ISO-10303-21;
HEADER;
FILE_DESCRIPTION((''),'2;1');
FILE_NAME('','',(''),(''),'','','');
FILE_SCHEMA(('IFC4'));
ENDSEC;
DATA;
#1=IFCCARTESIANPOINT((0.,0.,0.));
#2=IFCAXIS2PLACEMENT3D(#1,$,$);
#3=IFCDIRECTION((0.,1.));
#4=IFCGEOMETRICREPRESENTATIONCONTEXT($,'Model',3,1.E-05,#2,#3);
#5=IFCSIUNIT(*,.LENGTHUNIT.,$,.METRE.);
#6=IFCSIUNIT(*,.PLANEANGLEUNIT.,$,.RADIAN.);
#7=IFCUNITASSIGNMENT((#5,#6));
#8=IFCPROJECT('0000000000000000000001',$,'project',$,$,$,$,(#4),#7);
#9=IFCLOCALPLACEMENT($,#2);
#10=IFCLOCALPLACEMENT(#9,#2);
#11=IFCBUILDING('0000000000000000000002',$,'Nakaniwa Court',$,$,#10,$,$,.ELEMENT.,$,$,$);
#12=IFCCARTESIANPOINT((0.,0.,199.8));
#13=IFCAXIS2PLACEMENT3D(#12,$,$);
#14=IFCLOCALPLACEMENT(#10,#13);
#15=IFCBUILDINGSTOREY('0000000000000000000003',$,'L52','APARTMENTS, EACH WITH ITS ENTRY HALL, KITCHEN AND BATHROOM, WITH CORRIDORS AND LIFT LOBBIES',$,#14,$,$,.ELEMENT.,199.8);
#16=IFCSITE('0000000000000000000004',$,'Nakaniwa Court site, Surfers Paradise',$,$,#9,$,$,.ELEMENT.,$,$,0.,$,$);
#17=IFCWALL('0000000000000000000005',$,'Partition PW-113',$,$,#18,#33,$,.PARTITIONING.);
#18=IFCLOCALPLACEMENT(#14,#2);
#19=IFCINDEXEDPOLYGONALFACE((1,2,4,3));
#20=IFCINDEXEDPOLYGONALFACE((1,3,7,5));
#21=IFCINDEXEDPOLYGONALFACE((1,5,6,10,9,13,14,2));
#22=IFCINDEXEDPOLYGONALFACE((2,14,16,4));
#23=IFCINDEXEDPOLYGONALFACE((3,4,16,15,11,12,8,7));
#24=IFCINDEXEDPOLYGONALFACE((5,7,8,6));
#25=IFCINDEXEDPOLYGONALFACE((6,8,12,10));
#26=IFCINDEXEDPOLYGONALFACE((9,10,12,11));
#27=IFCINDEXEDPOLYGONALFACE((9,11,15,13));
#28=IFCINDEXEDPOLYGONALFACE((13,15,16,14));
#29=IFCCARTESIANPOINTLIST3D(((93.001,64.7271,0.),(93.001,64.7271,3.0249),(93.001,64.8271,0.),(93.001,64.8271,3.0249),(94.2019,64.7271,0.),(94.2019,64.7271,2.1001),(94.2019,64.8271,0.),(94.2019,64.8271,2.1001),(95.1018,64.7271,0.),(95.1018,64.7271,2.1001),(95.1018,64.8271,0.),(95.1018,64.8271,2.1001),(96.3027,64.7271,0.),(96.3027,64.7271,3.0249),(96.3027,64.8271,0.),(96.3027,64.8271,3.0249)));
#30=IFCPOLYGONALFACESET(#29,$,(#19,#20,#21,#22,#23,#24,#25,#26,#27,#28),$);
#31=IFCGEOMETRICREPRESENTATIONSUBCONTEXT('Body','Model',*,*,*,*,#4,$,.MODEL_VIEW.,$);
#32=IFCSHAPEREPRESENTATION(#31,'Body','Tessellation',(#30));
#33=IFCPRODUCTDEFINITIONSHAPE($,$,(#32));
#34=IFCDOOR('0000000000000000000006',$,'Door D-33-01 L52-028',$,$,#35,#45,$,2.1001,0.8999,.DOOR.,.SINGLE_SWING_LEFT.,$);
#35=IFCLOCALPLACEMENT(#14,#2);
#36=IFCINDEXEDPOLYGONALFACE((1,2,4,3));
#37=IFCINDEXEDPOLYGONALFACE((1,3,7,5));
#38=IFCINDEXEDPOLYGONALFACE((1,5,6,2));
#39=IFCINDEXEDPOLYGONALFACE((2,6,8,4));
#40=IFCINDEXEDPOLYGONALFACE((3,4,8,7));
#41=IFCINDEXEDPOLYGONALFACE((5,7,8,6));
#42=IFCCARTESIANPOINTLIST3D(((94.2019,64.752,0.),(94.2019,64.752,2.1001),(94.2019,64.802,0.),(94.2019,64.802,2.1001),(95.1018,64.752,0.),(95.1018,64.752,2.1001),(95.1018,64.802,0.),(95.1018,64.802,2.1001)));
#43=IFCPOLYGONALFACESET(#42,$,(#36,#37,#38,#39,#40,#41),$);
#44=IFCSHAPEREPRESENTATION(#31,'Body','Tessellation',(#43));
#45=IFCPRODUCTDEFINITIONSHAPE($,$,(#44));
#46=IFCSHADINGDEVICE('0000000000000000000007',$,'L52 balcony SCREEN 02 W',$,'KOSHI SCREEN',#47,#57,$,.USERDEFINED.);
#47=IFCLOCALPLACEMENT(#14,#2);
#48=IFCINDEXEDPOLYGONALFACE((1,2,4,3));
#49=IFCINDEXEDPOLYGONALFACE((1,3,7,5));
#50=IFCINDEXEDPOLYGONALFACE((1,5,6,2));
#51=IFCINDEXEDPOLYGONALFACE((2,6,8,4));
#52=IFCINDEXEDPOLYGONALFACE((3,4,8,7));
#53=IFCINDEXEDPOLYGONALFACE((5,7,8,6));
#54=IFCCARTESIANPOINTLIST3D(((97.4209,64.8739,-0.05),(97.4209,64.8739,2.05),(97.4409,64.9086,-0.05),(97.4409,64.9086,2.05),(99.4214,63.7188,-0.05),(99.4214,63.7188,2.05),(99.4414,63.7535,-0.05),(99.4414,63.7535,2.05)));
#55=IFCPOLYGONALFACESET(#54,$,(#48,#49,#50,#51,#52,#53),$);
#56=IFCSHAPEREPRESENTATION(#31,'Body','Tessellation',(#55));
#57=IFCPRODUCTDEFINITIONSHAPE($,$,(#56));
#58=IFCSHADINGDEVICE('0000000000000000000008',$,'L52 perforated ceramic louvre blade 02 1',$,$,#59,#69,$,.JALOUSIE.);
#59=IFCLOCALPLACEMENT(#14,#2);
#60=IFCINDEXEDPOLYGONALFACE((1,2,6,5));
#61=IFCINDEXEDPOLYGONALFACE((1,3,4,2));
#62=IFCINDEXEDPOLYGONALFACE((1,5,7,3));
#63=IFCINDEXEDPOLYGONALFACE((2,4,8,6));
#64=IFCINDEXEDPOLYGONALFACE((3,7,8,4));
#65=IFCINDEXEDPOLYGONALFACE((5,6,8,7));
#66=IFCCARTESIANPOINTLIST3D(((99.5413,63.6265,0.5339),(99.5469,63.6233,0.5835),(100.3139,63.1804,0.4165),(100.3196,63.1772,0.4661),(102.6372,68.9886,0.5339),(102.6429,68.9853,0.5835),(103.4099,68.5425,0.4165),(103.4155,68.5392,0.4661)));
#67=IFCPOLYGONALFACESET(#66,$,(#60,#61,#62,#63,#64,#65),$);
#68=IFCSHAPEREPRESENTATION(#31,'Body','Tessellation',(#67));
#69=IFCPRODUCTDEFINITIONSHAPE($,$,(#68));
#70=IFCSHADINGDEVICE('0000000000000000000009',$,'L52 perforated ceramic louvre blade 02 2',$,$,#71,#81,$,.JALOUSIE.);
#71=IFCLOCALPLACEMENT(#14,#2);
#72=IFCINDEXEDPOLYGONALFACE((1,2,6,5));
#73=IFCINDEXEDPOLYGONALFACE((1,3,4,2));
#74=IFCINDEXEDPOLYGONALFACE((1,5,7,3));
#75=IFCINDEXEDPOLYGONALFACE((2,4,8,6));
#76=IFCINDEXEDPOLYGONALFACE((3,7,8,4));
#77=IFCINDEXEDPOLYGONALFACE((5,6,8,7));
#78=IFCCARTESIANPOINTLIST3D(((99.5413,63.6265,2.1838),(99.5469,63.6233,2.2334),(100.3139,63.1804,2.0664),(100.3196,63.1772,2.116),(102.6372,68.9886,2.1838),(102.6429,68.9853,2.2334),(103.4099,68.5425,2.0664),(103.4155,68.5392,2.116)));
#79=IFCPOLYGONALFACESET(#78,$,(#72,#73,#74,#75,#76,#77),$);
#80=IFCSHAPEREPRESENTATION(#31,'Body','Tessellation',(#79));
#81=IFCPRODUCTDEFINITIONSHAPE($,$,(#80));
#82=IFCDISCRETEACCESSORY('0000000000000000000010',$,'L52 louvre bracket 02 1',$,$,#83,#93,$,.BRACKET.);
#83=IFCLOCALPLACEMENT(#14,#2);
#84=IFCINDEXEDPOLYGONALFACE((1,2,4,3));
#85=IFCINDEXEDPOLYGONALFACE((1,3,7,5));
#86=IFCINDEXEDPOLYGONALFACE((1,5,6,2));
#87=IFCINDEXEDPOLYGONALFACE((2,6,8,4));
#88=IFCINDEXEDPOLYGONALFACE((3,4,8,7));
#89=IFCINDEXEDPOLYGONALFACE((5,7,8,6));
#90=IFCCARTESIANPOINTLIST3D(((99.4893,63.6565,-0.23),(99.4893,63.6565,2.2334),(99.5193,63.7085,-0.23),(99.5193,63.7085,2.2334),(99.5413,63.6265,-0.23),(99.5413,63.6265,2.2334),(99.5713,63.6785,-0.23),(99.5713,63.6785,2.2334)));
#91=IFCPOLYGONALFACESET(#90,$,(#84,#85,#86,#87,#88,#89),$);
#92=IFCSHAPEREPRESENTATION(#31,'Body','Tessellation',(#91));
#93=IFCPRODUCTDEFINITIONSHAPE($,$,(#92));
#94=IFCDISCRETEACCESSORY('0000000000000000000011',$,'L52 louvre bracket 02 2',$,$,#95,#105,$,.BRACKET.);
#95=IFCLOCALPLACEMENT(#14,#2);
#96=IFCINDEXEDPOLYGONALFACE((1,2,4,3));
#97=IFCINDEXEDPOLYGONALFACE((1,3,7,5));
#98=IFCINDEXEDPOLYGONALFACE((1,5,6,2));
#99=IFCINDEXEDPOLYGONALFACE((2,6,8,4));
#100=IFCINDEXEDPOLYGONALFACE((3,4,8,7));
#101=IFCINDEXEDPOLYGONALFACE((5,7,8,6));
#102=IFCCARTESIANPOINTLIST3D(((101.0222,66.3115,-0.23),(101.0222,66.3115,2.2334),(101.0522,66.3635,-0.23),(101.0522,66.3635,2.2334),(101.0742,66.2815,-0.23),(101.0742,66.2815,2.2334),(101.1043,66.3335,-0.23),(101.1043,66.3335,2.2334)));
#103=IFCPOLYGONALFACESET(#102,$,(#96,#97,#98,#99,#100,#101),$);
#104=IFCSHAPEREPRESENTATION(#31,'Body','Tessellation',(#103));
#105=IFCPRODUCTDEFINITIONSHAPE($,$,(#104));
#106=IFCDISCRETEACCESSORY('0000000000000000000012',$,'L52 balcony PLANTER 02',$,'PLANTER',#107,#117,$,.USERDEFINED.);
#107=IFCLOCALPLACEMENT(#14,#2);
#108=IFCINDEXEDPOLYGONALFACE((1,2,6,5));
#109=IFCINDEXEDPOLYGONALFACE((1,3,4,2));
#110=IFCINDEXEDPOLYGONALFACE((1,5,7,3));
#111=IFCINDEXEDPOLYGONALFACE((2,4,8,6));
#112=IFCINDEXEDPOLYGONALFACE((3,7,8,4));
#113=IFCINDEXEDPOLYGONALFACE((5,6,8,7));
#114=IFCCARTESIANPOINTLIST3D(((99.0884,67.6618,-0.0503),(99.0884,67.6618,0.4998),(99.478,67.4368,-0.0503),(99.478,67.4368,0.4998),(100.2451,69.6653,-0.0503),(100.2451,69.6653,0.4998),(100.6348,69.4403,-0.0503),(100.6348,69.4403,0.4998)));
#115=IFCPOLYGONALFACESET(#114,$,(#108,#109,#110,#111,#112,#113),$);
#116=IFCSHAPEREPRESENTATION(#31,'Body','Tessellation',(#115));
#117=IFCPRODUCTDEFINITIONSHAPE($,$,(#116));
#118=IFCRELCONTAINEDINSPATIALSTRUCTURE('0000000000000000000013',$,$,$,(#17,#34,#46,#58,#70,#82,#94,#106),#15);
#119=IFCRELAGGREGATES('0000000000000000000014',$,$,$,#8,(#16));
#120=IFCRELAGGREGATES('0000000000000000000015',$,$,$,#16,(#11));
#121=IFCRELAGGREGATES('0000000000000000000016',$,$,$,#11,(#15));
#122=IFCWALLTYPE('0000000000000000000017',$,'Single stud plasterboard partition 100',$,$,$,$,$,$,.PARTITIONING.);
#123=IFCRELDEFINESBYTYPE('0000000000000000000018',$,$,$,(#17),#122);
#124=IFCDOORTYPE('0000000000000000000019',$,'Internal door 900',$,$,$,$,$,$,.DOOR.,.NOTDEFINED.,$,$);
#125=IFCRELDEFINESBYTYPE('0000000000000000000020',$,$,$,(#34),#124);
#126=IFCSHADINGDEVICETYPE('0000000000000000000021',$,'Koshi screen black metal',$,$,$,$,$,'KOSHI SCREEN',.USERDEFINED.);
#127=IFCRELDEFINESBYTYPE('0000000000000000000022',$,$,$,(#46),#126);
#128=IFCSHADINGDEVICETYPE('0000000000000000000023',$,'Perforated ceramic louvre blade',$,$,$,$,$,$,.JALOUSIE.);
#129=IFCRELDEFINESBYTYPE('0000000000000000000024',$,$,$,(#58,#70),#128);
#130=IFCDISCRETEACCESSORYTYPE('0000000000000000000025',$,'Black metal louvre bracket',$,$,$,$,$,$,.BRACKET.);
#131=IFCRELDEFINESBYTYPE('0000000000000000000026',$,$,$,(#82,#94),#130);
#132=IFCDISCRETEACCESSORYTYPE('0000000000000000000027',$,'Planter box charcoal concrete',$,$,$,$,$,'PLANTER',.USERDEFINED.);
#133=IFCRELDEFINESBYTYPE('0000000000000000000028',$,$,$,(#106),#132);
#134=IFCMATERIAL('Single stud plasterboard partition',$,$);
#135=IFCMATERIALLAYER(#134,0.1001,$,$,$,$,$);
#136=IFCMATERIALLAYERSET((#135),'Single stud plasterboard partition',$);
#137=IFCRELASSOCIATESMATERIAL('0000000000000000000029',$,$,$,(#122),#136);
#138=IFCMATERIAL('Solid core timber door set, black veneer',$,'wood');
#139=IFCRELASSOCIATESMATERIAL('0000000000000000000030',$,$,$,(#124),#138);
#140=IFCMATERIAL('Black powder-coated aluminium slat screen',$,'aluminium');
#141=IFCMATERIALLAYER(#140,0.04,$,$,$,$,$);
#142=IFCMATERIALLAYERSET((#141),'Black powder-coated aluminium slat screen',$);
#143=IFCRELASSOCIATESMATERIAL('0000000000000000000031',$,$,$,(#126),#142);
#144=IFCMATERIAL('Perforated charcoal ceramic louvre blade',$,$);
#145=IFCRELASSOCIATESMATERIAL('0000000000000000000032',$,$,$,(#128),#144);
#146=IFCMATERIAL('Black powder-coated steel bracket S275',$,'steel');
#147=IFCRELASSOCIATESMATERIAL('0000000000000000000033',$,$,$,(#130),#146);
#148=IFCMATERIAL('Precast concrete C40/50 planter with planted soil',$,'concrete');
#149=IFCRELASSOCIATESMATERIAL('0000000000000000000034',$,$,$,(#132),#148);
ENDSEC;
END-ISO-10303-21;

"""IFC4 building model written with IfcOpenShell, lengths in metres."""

from ifc_helpers import new_model, si_unit, direction, frame, frame_2d, origin, origin_2d, place, context, subcontext, project, spatial, rectangle, extrude, material, layer, layer_set, material_profile, profile_set, type_object, element, fill, save


model = new_model("IFC4")

# Units and contexts
model_context = context("Model", 3, precision=1e-05, world=origin(), true_north=direction((0.0, 1.0)))
body_context = subcontext(model_context, "Body", "Model", "MODEL_VIEW")
ifc_project = project(units=[si_unit("LENGTHUNIT", "METRE"), si_unit("PLANEANGLEUNIT", "RADIAN")], contexts=[model_context])

# Site, building, storey
site_placement = place(None, origin())
site = spatial("IfcSite", under=ifc_project, at=site_placement, Name="Nakaniwa Court site, Surfers Paradise", CompositionType="ELEMENT", RefElevation=0.0)
building_placement = place(site_placement, origin())
building = spatial("IfcBuilding", under=site, at=building_placement, Name="Nakaniwa Court", CompositionType="ELEMENT")
storey_placement = place(building_placement, frame((0.0, 0.0, 199.8)))
storey = spatial("IfcBuildingStorey", under=building, at=storey_placement, Name="L52", Description="APARTMENTS, EACH WITH ITS ENTRY HALL, KITCHEN AND BATHROOM, WITH CORRIDORS AND LIFT LOBBIES", CompositionType="ELEMENT", Elevation=199.8)

# Shared definitions
ifc_material_1 = material(Name="Solid core timber door set, black veneer", Category="wood")

# Wall, opening, door
ifc_material_2 = material(Name="Single stud plasterboard partition")
ifc_layer_1 = layer(ifc_material_2, 0.1001)
ifc_layer_set_1 = layer_set([ifc_layer_1], Name="Single stud plasterboard partition")
wall_type_1 = type_object("IfcWallType", Name="Single stud plasterboard partition 100", PredefinedType="PARTITIONING", material=ifc_layer_set_1)
wall_1_placement = place(storey_placement, frame((93.001, 64.7771, 0.0), z_axis=(0.0, 0.0, 1.0), x_axis=(1.0, 0.0, 0.0)))
wall_1 = element("IfcWall", 1, at=wall_1_placement, inside=storey, type_object=wall_type_1, Name="Partition PW-113", PredefinedType="PARTITIONING", context=body_context, shape_type="SweptSolid", body=[
    extrude(rectangle(XDim=3.3018, YDim=0.1001, at=frame_2d((1.6509, 0.0))), origin(), (0.0, 0.0, 1.0), 3.0249),
])
opening_1_placement = place(wall_1_placement, frame((1.2009, 0.0, 0.0)))
opening_1 = element("IfcOpeningElement", 2, at=opening_1_placement, cuts=wall_1, PredefinedType="OPENING", context=body_context, shape_type="SweptSolid", body=[
    extrude(rectangle(XDim=0.8999, YDim=2.1001, at=frame_2d((0.45, 1.05))), frame((0.0, 0.0601, 0.0), z_axis=(0.0, -1.0, 0.0), x_axis=(1.0, 0.0, 0.0)), (0.0, 0.0, 1.0), 0.1201),
])
door_type_1 = type_object("IfcDoorType", Name="Internal door 900", OperationType="NOTDEFINED", PredefinedType="DOOR", material=ifc_material_1)
door_1_placement = place(opening_1_placement, origin())
door_1 = element("IfcDoor", 3, at=door_1_placement, inside=storey, type_object=door_type_1, Name="Door D-33-01 L52-028", OperationType="SINGLE_SWING_LEFT", OverallHeight=2.1001, OverallWidth=0.8999, PredefinedType="DOOR", context=body_context, shape_type="SweptSolid", body=[
    extrude(rectangle(XDim=0.8999, YDim=2.1001, at=frame_2d((0.45, 1.05))), frame((0.0, 0.0249, 0.0), z_axis=(0.0, -1.0, 0.0), x_axis=(1.0, 0.0, 0.0)), (0.0, 0.0, 1.0), 0.05),
])
fill(opening_1, door_1)

# Shading devices
ifc_material_3 = material(Name="Black powder-coated aluminium slat screen", Category="aluminium")
ifc_layer_2 = layer(ifc_material_3, 0.04)
ifc_layer_set_2 = layer_set([ifc_layer_2], Name="Black powder-coated aluminium slat screen")
shading_device_type_1 = type_object("IfcShadingDeviceType", Name="Koshi screen black metal", ElementType="KOSHI SCREEN", PredefinedType="USERDEFINED", material=ifc_layer_set_2)
shading_device_placement = place(storey_placement, frame((98.4312, 64.3137, -0.05), z_axis=(0.0, 0.0, 1.0), x_axis=(0.500017, 0.866016, 0.0)))
element("IfcShadingDevice", 4, at=shading_device_placement, inside=storey, type_object=shading_device_type_1, Name="L52 balcony SCREEN 02 W", ObjectType="KOSHI SCREEN", PredefinedType="USERDEFINED", context=body_context, shape_type="SweptSolid", body=[
    extrude(rectangle(XDim=0.04, YDim=2.3101, at=origin_2d()), origin(), (0.0, 0.0, 1.0), 2.1001),
])
ifc_material_4 = material(Name="Perforated charcoal ceramic louvre blade")
ifc_material_profile_1 = material_profile(ifc_material_4, rectangle(XDim=0.8999, YDim=0.05, at=origin_2d()), Name="Perforated ceramic louvre blade")
ifc_profile_set_1 = profile_set([ifc_material_profile_1], Name="Perforated charcoal ceramic louvre blade")
shading_device_type_2 = type_object("IfcShadingDeviceType", Name="Perforated ceramic louvre blade", PredefinedType="JALOUSIE", material=ifc_profile_set_1)
for number, where, z_axis, x_axis, name in (
    (5, (99.9304, 63.4019, 0.5), (0.500019, 0.866014, 0.0), (-0.858605, 0.495742, 0.130526), "L52 perforated ceramic louvre blade 02 1"),
    (6, (99.9304, 63.4019, 2.1499), (0.500019, 0.866014, 0.0), (-0.858605, 0.495742, 0.130526), "L52 perforated ceramic louvre blade 02 2"),
):
    element("IfcShadingDevice", number, at=place(storey_placement, frame(where, z_axis=z_axis, x_axis=x_axis)), inside=storey, type_object=shading_device_type_2, Name=name, PredefinedType="JALOUSIE", context=body_context, shape_type="SweptSolid", body=[
        extrude(rectangle(XDim=0.8999, YDim=0.05, at=origin_2d()), origin(), (0.0, 0.0, 1.0), 6.1917),
    ])

# Discrete accessories
ifc_material_5 = material(Name="Black powder-coated steel bracket S275", Category="steel")
discrete_accessory_type_1 = type_object("IfcDiscreteAccessoryType", Name="Black metal louvre bracket", PredefinedType="BRACKET", material=ifc_material_5)
for number, where, z_axis, x_axis, name in (
    (7, (99.5303, 63.6675, -0.23), (0.0, 0.0, 1.0), (0.500017, 0.866016, 0.0), "L52 louvre bracket 02 1"),
    (8, (101.0632, 66.3225, -0.23), (0.0, 0.0, 1.0), (0.500017, 0.866016, 0.0), "L52 louvre bracket 02 2"),
):
    element("IfcDiscreteAccessory", number, at=place(storey_placement, frame(where, z_axis=z_axis, x_axis=x_axis)), inside=storey, type_object=discrete_accessory_type_1, Name=name, PredefinedType="BRACKET", context=body_context, shape_type="SweptSolid", body=[
        extrude(rectangle(XDim=0.0601, YDim=0.0601, at=origin_2d()), origin(), (0.0, 0.0, 1.0), 2.4634),
    ])
ifc_material_6 = material(Name="Precast concrete C40/50 planter with planted soil", Category="concrete")
discrete_accessory_type_2 = type_object("IfcDiscreteAccessoryType", Name="Planter box charcoal concrete", ElementType="PLANTER", PredefinedType="USERDEFINED", material=ifc_material_6)
discrete_accessory_placement = place(storey_placement, frame((99.8616, 68.551, -0.0503), z_axis=(0.0, 0.0, 1.0), x_axis=(0.500017, 0.866016, 0.0)))
element("IfcDiscreteAccessory", 9, at=discrete_accessory_placement, inside=storey, type_object=discrete_accessory_type_2, Name="L52 balcony PLANTER 02", ObjectType="PLANTER", PredefinedType="USERDEFINED", context=body_context, shape_type="SweptSolid", body=[
    extrude(rectangle(XDim=2.3135, YDim=0.45, at=origin_2d()), origin(), (0.0, 0.0, 1.0), 0.55),
])

save(model, "model.ifc")
